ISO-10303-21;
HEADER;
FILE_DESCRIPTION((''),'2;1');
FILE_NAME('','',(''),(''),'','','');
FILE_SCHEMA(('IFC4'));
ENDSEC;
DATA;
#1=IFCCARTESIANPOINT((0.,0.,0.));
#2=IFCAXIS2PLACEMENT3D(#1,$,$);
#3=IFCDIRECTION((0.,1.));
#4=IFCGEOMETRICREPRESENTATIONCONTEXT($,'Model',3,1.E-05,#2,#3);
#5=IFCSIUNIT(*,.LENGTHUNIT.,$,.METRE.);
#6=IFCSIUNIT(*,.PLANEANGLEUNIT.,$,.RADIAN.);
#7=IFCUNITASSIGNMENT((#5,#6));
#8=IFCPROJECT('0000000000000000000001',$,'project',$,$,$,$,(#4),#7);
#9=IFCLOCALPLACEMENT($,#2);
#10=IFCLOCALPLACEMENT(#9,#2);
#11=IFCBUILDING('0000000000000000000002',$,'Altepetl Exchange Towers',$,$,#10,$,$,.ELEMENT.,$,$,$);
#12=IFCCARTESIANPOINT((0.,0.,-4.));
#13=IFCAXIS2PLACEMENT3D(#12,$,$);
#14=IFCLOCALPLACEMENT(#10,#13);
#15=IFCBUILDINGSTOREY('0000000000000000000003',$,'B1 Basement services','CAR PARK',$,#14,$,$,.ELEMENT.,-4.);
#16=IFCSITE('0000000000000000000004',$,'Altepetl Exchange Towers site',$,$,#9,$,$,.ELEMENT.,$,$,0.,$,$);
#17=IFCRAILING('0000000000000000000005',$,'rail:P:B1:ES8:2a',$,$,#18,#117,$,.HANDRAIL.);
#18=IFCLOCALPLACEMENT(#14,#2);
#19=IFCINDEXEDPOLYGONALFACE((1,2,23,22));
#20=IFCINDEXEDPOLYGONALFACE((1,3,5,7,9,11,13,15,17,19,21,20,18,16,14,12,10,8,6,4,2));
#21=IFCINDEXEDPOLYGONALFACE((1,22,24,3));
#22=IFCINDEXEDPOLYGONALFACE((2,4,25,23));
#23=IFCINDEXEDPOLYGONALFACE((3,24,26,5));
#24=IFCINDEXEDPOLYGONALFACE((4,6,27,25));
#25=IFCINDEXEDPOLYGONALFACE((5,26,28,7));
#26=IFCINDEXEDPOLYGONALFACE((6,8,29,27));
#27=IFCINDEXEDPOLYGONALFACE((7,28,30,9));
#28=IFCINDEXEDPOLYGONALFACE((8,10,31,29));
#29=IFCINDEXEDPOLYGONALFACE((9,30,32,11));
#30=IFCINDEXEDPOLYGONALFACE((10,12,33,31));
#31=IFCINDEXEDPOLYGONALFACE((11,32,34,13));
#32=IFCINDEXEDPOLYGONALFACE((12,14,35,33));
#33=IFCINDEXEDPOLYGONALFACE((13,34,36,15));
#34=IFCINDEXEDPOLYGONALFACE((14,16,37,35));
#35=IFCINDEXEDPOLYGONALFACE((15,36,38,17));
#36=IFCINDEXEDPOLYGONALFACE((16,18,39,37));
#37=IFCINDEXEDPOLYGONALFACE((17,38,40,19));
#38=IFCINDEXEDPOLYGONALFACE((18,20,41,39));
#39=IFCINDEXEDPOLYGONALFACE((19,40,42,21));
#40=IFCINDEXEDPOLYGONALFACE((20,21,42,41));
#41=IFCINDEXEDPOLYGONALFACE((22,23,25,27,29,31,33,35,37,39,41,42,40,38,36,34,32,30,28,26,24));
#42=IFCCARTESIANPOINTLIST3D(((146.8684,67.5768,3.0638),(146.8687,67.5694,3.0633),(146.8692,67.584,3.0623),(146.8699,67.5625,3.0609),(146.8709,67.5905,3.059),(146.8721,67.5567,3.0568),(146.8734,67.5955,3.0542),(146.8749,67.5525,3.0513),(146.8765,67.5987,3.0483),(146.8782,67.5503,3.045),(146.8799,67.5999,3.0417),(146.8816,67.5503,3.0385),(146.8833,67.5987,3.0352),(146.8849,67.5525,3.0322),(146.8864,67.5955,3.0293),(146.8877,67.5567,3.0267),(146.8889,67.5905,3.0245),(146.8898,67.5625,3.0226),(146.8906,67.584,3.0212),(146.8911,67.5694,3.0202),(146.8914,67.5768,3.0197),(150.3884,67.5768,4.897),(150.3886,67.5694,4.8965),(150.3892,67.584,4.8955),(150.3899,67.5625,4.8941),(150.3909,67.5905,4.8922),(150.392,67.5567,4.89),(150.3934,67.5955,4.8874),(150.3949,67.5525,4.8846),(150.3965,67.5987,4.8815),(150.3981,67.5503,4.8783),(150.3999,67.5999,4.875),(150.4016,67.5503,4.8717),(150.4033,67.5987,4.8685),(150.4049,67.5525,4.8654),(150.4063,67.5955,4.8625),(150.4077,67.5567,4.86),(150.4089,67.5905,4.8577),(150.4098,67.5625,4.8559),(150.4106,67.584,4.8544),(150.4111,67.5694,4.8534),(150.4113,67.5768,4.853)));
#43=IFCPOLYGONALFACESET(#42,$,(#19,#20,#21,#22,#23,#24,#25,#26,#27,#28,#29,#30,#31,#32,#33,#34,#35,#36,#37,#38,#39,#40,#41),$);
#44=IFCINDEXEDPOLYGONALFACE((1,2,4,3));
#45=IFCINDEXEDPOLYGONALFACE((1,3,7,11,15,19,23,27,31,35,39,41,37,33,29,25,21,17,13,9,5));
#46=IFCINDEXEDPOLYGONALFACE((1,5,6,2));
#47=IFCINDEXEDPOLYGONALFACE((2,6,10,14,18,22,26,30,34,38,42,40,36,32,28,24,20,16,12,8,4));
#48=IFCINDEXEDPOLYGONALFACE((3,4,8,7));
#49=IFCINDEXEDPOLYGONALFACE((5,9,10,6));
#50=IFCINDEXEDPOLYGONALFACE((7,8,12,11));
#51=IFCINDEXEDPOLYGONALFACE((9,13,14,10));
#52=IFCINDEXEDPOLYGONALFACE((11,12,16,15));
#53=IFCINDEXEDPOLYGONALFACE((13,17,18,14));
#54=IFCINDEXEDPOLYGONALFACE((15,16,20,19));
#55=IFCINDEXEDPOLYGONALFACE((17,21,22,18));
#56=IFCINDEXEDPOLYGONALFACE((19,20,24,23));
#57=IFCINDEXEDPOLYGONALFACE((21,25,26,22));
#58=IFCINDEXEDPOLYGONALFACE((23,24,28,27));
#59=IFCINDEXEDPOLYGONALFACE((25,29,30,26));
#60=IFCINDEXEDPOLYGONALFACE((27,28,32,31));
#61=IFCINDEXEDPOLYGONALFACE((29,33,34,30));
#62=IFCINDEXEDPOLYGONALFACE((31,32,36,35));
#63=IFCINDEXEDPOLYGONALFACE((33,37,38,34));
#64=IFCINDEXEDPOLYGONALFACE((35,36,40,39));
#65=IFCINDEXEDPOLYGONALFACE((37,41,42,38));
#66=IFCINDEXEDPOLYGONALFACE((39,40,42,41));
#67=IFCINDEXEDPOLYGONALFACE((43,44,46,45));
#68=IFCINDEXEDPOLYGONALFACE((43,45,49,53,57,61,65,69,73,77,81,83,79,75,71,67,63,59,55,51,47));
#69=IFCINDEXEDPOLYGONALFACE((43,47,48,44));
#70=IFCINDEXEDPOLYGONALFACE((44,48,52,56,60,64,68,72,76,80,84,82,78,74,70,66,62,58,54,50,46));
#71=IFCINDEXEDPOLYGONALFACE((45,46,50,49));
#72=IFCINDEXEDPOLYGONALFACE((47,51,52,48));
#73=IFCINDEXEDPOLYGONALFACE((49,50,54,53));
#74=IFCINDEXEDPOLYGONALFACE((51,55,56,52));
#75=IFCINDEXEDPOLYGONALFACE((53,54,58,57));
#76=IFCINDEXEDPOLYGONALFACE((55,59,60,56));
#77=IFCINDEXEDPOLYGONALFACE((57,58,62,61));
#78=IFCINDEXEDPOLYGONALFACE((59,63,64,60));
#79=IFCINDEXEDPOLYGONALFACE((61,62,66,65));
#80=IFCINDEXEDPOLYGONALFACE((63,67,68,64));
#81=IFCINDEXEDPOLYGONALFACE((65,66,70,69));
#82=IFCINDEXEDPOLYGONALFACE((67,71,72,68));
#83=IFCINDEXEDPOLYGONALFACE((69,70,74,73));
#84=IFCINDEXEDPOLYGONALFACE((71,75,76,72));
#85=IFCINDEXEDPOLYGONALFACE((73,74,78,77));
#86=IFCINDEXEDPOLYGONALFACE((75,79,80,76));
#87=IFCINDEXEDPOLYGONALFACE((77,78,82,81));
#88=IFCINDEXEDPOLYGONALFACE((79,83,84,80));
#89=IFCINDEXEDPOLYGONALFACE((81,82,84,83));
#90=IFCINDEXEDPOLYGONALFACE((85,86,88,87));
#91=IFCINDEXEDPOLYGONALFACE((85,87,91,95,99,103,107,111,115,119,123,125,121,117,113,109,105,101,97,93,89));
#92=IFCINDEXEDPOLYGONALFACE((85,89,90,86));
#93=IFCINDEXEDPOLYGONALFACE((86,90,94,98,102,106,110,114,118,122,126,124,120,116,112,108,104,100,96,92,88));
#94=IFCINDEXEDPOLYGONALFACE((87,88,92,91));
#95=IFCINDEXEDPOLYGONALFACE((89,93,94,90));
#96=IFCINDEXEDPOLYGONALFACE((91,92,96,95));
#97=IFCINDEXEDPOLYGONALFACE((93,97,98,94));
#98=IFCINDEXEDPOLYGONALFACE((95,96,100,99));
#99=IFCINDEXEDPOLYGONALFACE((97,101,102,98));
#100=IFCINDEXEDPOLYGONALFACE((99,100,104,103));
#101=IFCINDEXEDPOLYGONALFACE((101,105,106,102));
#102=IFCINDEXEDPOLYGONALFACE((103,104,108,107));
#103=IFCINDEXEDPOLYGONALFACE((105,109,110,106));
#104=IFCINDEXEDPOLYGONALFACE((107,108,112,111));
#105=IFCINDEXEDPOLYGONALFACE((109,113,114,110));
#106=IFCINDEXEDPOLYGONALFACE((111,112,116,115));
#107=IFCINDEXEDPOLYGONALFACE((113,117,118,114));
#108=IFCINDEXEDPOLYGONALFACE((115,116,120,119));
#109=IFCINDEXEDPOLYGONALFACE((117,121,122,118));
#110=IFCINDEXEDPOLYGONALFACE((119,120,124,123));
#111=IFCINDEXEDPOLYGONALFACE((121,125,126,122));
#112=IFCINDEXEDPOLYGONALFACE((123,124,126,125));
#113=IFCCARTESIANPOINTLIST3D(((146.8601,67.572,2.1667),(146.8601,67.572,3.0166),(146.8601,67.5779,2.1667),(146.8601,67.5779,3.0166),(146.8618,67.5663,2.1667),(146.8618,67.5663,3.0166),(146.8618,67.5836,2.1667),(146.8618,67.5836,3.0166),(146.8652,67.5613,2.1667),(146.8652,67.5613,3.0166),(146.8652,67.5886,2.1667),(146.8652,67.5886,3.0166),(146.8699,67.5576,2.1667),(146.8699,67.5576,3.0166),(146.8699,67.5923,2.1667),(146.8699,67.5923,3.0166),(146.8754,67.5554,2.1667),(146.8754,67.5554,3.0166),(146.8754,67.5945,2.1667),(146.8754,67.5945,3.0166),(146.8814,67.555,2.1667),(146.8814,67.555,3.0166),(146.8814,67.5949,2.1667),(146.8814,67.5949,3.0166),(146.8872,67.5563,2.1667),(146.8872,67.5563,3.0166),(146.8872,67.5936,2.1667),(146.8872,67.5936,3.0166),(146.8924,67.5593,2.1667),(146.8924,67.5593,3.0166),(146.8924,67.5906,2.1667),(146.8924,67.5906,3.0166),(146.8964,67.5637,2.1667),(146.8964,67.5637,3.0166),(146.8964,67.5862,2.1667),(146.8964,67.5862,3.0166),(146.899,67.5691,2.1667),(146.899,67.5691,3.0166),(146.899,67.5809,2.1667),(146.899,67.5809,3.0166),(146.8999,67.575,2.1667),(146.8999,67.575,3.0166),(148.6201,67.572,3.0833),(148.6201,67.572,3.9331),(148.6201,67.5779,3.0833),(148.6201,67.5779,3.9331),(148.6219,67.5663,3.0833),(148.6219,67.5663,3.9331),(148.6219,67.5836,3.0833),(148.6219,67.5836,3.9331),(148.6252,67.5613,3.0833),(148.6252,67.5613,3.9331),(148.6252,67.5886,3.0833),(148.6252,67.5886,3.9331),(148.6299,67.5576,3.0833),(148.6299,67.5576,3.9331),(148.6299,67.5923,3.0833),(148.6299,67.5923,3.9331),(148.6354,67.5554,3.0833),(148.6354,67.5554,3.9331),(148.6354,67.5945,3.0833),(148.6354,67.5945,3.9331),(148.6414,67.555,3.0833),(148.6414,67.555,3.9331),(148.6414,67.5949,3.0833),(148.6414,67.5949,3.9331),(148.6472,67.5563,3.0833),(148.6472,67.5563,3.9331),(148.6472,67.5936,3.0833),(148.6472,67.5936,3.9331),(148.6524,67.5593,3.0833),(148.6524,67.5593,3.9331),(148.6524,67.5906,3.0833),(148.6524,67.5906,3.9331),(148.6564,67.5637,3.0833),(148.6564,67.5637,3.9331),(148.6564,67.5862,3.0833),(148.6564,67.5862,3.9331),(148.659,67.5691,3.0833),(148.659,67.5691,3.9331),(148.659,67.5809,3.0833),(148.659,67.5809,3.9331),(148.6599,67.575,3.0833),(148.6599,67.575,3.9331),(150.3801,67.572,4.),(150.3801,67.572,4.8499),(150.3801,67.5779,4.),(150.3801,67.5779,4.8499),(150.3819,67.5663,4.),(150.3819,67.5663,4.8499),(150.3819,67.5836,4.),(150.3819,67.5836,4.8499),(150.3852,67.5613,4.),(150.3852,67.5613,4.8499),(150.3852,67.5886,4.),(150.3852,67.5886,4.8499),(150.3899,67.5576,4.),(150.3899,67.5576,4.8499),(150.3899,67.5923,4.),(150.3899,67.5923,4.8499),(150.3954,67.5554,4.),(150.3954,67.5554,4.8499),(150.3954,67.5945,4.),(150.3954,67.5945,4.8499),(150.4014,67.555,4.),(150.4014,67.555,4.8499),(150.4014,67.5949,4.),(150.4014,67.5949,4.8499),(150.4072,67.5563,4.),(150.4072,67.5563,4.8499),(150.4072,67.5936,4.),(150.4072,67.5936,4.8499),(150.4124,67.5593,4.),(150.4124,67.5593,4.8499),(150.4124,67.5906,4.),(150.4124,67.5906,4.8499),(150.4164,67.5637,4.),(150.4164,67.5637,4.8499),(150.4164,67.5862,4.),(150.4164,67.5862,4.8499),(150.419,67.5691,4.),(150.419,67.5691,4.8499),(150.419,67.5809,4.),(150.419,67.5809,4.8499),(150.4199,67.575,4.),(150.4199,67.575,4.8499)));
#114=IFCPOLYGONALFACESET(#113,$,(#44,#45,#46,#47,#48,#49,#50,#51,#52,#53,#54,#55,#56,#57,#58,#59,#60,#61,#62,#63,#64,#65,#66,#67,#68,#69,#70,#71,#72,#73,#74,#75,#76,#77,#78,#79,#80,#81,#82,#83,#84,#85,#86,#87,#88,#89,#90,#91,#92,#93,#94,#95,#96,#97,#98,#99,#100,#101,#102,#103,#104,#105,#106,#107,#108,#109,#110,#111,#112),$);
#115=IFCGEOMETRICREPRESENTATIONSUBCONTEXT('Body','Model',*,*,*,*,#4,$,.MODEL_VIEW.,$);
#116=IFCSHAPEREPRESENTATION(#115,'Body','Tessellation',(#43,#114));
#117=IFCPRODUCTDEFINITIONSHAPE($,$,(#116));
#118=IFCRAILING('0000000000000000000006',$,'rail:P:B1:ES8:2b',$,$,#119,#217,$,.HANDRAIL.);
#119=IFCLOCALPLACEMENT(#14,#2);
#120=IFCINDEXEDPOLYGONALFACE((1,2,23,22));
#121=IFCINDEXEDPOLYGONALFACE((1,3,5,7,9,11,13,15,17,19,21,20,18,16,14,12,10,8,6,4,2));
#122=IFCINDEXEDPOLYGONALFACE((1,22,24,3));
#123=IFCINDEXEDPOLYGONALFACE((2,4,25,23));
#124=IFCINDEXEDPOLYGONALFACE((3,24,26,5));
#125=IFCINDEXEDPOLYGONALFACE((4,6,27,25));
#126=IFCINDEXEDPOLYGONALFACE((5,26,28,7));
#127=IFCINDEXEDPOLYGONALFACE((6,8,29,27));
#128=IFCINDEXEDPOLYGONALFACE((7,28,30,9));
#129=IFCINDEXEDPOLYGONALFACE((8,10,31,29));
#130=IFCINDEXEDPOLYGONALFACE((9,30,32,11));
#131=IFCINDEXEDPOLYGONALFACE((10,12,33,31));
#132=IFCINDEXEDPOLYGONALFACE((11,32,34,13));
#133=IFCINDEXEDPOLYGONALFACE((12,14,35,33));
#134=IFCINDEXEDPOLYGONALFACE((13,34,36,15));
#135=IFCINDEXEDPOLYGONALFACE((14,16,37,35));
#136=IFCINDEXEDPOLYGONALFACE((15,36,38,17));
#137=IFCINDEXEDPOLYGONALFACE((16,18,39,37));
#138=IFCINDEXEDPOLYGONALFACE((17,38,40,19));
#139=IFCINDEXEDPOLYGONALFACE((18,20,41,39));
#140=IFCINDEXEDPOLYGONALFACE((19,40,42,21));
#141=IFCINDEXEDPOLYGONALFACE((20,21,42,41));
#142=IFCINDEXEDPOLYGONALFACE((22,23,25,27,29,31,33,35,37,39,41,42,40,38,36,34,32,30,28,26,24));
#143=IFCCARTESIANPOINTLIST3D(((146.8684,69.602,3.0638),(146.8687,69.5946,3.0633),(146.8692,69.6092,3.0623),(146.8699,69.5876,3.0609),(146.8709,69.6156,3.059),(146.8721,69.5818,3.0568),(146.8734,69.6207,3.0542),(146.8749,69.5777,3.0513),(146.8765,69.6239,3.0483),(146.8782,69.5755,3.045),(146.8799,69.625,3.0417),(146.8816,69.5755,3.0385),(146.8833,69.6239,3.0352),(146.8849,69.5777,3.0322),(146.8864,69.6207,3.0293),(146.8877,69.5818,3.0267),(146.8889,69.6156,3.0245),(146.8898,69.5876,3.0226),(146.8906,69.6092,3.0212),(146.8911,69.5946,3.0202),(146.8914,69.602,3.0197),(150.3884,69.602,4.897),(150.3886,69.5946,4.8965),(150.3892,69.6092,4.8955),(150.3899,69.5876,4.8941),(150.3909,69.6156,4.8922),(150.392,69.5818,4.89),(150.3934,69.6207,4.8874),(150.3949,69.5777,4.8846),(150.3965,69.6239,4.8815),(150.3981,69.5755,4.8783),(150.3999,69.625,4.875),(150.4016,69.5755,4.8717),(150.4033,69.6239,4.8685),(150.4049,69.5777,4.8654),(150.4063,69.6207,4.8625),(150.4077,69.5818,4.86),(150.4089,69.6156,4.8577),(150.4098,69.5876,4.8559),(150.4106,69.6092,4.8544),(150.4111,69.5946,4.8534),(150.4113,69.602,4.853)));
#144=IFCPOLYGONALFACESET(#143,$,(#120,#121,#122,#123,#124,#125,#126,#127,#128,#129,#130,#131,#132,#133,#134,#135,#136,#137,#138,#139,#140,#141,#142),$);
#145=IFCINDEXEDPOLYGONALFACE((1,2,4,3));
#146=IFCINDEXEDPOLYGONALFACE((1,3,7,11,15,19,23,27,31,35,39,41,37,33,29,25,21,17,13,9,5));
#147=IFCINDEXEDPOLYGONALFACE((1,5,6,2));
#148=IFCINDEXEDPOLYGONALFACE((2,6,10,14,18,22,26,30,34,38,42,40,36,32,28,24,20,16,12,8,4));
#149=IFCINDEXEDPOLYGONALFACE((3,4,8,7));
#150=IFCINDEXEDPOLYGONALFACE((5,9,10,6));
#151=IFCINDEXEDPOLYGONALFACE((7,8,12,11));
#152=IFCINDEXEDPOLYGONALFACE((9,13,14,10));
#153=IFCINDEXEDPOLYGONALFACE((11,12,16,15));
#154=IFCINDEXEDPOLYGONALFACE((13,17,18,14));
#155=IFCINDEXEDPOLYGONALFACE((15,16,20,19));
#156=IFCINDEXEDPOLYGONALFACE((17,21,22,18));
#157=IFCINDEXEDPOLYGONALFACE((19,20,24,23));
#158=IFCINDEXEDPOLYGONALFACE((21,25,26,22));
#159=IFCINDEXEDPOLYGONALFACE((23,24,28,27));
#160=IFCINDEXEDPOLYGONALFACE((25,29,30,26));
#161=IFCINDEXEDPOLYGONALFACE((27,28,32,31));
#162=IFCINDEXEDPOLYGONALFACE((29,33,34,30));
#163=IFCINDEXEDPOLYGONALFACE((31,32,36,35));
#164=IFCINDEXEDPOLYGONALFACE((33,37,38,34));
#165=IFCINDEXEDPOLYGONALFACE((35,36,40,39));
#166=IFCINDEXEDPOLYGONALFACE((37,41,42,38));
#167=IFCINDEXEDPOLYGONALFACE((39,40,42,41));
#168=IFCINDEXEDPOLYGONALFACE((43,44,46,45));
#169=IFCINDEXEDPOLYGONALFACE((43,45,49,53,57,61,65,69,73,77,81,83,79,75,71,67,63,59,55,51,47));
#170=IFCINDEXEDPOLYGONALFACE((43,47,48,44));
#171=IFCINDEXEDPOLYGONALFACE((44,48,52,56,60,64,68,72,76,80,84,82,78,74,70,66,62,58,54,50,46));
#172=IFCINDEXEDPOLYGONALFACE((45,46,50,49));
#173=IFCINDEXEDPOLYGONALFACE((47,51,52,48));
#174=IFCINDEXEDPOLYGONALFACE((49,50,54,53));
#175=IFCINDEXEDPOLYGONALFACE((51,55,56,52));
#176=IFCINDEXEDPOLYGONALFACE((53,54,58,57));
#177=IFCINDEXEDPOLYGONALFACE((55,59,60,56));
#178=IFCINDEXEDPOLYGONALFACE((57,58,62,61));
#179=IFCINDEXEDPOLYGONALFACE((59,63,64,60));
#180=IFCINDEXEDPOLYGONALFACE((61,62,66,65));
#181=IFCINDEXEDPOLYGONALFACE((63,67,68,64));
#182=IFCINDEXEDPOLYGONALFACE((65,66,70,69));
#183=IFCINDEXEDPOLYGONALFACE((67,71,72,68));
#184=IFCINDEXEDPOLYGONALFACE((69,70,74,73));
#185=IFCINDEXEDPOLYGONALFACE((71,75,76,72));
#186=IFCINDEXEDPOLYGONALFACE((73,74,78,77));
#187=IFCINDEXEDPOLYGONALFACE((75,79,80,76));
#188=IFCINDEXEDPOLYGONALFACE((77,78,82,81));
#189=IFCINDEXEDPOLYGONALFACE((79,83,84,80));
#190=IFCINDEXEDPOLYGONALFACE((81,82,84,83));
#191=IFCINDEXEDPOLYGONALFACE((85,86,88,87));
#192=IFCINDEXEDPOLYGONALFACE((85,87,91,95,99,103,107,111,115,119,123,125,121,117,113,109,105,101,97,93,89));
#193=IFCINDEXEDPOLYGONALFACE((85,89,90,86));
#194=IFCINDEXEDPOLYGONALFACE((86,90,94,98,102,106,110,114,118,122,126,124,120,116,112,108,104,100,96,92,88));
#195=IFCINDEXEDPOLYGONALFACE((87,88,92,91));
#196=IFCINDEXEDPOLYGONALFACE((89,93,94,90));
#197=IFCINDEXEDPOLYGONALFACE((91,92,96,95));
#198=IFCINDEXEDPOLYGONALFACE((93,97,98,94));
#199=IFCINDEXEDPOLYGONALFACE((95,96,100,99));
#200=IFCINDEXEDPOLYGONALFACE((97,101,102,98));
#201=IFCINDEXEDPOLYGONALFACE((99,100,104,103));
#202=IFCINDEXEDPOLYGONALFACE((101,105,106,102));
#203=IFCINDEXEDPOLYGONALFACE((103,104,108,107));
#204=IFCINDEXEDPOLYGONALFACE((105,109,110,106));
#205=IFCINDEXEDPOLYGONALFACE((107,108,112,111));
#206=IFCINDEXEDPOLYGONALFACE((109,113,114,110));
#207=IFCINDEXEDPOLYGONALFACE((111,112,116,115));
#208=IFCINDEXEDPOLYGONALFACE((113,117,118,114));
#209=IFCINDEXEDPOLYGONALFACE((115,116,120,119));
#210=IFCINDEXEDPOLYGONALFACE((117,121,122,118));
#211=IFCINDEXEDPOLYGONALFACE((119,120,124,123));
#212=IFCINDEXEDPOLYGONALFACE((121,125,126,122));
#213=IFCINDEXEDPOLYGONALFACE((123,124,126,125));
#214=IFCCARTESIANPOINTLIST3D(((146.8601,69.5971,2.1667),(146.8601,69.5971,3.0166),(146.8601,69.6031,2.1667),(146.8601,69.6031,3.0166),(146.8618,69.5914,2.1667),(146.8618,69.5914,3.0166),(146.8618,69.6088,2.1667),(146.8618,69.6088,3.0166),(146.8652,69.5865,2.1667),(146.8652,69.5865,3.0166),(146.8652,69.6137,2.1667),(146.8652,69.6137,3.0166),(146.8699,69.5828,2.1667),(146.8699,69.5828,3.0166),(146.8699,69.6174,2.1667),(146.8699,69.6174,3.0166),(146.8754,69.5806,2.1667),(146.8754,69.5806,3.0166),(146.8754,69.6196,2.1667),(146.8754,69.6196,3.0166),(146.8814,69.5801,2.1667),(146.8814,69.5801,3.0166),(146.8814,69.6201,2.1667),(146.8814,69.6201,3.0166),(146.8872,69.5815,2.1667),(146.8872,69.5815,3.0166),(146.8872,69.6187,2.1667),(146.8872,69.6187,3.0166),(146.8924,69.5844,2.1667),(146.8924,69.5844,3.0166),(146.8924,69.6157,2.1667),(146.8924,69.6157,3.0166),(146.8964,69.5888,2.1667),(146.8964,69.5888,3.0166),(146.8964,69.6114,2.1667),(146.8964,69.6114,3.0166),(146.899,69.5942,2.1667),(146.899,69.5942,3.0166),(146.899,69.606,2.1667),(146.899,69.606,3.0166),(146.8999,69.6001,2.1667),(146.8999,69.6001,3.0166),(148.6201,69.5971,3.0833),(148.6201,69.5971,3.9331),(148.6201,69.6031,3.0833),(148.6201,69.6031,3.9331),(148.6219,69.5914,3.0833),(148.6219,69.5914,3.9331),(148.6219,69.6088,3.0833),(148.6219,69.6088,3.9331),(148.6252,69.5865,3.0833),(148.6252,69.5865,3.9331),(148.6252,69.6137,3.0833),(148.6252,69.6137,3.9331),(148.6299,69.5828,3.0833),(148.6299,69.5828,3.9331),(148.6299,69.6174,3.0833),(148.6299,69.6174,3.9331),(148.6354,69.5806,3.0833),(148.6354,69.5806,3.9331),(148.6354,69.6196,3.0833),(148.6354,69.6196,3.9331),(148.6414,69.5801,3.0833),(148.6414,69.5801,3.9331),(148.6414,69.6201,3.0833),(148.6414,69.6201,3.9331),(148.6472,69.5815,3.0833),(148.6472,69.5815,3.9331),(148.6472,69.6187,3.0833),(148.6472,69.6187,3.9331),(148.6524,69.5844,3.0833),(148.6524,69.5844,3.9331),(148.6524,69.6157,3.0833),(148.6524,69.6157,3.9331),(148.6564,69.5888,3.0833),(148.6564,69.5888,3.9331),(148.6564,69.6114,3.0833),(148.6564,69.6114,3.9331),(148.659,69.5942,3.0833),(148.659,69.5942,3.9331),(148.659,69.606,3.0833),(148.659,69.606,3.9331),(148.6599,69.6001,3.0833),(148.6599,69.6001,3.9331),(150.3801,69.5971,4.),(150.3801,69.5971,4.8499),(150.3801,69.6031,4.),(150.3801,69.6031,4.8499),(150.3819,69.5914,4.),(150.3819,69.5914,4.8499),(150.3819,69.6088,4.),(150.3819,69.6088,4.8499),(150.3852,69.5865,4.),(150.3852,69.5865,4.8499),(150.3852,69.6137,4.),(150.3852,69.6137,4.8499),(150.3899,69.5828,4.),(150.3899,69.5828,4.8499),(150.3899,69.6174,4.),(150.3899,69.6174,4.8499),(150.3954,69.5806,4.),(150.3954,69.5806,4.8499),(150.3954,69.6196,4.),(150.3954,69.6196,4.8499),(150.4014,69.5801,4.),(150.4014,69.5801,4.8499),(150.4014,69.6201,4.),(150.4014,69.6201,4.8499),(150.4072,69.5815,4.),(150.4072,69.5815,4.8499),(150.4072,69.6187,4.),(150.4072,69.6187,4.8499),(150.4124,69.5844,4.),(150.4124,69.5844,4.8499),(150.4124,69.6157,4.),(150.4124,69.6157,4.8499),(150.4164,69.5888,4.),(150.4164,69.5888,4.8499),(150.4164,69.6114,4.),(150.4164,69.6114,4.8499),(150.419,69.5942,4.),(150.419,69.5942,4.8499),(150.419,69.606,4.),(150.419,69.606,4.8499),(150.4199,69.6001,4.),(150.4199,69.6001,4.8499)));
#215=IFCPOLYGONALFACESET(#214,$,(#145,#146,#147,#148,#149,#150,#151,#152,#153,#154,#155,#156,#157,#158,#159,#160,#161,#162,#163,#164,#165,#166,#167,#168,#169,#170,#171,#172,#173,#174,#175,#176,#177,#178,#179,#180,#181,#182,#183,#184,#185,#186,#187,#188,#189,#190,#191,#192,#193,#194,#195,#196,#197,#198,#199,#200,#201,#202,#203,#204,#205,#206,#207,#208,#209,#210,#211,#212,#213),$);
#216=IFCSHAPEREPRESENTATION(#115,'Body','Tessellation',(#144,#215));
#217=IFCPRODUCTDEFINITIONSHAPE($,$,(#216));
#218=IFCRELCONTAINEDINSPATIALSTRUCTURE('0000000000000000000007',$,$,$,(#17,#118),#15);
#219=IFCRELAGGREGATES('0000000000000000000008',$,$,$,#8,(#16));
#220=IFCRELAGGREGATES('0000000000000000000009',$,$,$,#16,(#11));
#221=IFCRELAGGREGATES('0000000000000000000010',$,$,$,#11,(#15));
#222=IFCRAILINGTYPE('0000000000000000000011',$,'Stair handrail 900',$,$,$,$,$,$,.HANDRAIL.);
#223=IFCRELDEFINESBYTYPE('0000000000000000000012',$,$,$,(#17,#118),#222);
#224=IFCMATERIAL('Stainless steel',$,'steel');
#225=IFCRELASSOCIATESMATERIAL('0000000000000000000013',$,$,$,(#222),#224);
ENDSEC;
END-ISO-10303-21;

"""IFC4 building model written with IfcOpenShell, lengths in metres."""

from ifc_helpers import new_model, si_unit, direction, frame, origin, origin_2d, place, context, subcontext, project, spatial, circle, extrude, source, transform, mapped, material, type_object, element, save


model = new_model("IFC4")

# Units and contexts
model_context = context("Model", 3, precision=1e-05, world=origin(), true_north=direction((0.0, 1.0)))
body_context = subcontext(model_context, "Body", "Model", "MODEL_VIEW")
ifc_project = project(units=[si_unit("LENGTHUNIT", "METRE"), si_unit("PLANEANGLEUNIT", "RADIAN")], contexts=[model_context])

# Site, building, storey
site_placement = place(None, origin())
site = spatial("IfcSite", under=ifc_project, at=site_placement, Name="Altepetl Exchange Towers site", CompositionType="ELEMENT", RefElevation=0.0)
building_placement = place(site_placement, origin())
building = spatial("IfcBuilding", under=site, at=building_placement, Name="Altepetl Exchange Towers", CompositionType="ELEMENT")
storey_placement = place(building_placement, frame((0.0, 0.0, -4.0)))
storey = spatial("IfcBuildingStorey", under=building, at=storey_placement, Name="B1 Basement services", Description="CAR PARK", CompositionType="ELEMENT", Elevation=-4.0)

# Railings
ifc_material_1 = material(Name="Stainless steel", Category="steel")
railing_type_1 = type_object("IfcRailingType", Name="Stair handrail 900", PredefinedType="HANDRAIL", material=ifc_material_1)
shared_shape_1 = source(origin(), body_context, "Body", "SweptSolid", [
    extrude(circle(Radius=0.02, at=origin_2d()), origin(), (0.0, 0.0, 1.0), 0.8499),
])
for number, where, name in (
    (1, (146.8799, 67.575, 2.1667), "rail:P:B1:ES8:2a"),
    (2, (146.8799, 69.6001, 2.1667), "rail:P:B1:ES8:2b"),
):
    element("IfcRailing", number, at=place(storey_placement, frame(where)), inside=storey, type_object=railing_type_1, Name=name, PredefinedType="HANDRAIL", context=body_context, shape_type="SweptSolid", body=[
        extrude(circle(Radius=0.0249, at=origin_2d()), frame((0.0, 0.0, 0.875), z_axis=(0.886924, 0.0, 0.461916), x_axis=(0.0, 1.0, 0.0)), (0.0, 0.0, 1.0), 3.9688),
        mapped(shared_shape_1, transform((0.0, 0.0, 0.0))),
        mapped(shared_shape_1, transform((1.76, 0.0, 0.9165))),
        mapped(shared_shape_1, transform((3.52, 0.0, 1.8333))),
    ])

save(model, "model.ifc")
